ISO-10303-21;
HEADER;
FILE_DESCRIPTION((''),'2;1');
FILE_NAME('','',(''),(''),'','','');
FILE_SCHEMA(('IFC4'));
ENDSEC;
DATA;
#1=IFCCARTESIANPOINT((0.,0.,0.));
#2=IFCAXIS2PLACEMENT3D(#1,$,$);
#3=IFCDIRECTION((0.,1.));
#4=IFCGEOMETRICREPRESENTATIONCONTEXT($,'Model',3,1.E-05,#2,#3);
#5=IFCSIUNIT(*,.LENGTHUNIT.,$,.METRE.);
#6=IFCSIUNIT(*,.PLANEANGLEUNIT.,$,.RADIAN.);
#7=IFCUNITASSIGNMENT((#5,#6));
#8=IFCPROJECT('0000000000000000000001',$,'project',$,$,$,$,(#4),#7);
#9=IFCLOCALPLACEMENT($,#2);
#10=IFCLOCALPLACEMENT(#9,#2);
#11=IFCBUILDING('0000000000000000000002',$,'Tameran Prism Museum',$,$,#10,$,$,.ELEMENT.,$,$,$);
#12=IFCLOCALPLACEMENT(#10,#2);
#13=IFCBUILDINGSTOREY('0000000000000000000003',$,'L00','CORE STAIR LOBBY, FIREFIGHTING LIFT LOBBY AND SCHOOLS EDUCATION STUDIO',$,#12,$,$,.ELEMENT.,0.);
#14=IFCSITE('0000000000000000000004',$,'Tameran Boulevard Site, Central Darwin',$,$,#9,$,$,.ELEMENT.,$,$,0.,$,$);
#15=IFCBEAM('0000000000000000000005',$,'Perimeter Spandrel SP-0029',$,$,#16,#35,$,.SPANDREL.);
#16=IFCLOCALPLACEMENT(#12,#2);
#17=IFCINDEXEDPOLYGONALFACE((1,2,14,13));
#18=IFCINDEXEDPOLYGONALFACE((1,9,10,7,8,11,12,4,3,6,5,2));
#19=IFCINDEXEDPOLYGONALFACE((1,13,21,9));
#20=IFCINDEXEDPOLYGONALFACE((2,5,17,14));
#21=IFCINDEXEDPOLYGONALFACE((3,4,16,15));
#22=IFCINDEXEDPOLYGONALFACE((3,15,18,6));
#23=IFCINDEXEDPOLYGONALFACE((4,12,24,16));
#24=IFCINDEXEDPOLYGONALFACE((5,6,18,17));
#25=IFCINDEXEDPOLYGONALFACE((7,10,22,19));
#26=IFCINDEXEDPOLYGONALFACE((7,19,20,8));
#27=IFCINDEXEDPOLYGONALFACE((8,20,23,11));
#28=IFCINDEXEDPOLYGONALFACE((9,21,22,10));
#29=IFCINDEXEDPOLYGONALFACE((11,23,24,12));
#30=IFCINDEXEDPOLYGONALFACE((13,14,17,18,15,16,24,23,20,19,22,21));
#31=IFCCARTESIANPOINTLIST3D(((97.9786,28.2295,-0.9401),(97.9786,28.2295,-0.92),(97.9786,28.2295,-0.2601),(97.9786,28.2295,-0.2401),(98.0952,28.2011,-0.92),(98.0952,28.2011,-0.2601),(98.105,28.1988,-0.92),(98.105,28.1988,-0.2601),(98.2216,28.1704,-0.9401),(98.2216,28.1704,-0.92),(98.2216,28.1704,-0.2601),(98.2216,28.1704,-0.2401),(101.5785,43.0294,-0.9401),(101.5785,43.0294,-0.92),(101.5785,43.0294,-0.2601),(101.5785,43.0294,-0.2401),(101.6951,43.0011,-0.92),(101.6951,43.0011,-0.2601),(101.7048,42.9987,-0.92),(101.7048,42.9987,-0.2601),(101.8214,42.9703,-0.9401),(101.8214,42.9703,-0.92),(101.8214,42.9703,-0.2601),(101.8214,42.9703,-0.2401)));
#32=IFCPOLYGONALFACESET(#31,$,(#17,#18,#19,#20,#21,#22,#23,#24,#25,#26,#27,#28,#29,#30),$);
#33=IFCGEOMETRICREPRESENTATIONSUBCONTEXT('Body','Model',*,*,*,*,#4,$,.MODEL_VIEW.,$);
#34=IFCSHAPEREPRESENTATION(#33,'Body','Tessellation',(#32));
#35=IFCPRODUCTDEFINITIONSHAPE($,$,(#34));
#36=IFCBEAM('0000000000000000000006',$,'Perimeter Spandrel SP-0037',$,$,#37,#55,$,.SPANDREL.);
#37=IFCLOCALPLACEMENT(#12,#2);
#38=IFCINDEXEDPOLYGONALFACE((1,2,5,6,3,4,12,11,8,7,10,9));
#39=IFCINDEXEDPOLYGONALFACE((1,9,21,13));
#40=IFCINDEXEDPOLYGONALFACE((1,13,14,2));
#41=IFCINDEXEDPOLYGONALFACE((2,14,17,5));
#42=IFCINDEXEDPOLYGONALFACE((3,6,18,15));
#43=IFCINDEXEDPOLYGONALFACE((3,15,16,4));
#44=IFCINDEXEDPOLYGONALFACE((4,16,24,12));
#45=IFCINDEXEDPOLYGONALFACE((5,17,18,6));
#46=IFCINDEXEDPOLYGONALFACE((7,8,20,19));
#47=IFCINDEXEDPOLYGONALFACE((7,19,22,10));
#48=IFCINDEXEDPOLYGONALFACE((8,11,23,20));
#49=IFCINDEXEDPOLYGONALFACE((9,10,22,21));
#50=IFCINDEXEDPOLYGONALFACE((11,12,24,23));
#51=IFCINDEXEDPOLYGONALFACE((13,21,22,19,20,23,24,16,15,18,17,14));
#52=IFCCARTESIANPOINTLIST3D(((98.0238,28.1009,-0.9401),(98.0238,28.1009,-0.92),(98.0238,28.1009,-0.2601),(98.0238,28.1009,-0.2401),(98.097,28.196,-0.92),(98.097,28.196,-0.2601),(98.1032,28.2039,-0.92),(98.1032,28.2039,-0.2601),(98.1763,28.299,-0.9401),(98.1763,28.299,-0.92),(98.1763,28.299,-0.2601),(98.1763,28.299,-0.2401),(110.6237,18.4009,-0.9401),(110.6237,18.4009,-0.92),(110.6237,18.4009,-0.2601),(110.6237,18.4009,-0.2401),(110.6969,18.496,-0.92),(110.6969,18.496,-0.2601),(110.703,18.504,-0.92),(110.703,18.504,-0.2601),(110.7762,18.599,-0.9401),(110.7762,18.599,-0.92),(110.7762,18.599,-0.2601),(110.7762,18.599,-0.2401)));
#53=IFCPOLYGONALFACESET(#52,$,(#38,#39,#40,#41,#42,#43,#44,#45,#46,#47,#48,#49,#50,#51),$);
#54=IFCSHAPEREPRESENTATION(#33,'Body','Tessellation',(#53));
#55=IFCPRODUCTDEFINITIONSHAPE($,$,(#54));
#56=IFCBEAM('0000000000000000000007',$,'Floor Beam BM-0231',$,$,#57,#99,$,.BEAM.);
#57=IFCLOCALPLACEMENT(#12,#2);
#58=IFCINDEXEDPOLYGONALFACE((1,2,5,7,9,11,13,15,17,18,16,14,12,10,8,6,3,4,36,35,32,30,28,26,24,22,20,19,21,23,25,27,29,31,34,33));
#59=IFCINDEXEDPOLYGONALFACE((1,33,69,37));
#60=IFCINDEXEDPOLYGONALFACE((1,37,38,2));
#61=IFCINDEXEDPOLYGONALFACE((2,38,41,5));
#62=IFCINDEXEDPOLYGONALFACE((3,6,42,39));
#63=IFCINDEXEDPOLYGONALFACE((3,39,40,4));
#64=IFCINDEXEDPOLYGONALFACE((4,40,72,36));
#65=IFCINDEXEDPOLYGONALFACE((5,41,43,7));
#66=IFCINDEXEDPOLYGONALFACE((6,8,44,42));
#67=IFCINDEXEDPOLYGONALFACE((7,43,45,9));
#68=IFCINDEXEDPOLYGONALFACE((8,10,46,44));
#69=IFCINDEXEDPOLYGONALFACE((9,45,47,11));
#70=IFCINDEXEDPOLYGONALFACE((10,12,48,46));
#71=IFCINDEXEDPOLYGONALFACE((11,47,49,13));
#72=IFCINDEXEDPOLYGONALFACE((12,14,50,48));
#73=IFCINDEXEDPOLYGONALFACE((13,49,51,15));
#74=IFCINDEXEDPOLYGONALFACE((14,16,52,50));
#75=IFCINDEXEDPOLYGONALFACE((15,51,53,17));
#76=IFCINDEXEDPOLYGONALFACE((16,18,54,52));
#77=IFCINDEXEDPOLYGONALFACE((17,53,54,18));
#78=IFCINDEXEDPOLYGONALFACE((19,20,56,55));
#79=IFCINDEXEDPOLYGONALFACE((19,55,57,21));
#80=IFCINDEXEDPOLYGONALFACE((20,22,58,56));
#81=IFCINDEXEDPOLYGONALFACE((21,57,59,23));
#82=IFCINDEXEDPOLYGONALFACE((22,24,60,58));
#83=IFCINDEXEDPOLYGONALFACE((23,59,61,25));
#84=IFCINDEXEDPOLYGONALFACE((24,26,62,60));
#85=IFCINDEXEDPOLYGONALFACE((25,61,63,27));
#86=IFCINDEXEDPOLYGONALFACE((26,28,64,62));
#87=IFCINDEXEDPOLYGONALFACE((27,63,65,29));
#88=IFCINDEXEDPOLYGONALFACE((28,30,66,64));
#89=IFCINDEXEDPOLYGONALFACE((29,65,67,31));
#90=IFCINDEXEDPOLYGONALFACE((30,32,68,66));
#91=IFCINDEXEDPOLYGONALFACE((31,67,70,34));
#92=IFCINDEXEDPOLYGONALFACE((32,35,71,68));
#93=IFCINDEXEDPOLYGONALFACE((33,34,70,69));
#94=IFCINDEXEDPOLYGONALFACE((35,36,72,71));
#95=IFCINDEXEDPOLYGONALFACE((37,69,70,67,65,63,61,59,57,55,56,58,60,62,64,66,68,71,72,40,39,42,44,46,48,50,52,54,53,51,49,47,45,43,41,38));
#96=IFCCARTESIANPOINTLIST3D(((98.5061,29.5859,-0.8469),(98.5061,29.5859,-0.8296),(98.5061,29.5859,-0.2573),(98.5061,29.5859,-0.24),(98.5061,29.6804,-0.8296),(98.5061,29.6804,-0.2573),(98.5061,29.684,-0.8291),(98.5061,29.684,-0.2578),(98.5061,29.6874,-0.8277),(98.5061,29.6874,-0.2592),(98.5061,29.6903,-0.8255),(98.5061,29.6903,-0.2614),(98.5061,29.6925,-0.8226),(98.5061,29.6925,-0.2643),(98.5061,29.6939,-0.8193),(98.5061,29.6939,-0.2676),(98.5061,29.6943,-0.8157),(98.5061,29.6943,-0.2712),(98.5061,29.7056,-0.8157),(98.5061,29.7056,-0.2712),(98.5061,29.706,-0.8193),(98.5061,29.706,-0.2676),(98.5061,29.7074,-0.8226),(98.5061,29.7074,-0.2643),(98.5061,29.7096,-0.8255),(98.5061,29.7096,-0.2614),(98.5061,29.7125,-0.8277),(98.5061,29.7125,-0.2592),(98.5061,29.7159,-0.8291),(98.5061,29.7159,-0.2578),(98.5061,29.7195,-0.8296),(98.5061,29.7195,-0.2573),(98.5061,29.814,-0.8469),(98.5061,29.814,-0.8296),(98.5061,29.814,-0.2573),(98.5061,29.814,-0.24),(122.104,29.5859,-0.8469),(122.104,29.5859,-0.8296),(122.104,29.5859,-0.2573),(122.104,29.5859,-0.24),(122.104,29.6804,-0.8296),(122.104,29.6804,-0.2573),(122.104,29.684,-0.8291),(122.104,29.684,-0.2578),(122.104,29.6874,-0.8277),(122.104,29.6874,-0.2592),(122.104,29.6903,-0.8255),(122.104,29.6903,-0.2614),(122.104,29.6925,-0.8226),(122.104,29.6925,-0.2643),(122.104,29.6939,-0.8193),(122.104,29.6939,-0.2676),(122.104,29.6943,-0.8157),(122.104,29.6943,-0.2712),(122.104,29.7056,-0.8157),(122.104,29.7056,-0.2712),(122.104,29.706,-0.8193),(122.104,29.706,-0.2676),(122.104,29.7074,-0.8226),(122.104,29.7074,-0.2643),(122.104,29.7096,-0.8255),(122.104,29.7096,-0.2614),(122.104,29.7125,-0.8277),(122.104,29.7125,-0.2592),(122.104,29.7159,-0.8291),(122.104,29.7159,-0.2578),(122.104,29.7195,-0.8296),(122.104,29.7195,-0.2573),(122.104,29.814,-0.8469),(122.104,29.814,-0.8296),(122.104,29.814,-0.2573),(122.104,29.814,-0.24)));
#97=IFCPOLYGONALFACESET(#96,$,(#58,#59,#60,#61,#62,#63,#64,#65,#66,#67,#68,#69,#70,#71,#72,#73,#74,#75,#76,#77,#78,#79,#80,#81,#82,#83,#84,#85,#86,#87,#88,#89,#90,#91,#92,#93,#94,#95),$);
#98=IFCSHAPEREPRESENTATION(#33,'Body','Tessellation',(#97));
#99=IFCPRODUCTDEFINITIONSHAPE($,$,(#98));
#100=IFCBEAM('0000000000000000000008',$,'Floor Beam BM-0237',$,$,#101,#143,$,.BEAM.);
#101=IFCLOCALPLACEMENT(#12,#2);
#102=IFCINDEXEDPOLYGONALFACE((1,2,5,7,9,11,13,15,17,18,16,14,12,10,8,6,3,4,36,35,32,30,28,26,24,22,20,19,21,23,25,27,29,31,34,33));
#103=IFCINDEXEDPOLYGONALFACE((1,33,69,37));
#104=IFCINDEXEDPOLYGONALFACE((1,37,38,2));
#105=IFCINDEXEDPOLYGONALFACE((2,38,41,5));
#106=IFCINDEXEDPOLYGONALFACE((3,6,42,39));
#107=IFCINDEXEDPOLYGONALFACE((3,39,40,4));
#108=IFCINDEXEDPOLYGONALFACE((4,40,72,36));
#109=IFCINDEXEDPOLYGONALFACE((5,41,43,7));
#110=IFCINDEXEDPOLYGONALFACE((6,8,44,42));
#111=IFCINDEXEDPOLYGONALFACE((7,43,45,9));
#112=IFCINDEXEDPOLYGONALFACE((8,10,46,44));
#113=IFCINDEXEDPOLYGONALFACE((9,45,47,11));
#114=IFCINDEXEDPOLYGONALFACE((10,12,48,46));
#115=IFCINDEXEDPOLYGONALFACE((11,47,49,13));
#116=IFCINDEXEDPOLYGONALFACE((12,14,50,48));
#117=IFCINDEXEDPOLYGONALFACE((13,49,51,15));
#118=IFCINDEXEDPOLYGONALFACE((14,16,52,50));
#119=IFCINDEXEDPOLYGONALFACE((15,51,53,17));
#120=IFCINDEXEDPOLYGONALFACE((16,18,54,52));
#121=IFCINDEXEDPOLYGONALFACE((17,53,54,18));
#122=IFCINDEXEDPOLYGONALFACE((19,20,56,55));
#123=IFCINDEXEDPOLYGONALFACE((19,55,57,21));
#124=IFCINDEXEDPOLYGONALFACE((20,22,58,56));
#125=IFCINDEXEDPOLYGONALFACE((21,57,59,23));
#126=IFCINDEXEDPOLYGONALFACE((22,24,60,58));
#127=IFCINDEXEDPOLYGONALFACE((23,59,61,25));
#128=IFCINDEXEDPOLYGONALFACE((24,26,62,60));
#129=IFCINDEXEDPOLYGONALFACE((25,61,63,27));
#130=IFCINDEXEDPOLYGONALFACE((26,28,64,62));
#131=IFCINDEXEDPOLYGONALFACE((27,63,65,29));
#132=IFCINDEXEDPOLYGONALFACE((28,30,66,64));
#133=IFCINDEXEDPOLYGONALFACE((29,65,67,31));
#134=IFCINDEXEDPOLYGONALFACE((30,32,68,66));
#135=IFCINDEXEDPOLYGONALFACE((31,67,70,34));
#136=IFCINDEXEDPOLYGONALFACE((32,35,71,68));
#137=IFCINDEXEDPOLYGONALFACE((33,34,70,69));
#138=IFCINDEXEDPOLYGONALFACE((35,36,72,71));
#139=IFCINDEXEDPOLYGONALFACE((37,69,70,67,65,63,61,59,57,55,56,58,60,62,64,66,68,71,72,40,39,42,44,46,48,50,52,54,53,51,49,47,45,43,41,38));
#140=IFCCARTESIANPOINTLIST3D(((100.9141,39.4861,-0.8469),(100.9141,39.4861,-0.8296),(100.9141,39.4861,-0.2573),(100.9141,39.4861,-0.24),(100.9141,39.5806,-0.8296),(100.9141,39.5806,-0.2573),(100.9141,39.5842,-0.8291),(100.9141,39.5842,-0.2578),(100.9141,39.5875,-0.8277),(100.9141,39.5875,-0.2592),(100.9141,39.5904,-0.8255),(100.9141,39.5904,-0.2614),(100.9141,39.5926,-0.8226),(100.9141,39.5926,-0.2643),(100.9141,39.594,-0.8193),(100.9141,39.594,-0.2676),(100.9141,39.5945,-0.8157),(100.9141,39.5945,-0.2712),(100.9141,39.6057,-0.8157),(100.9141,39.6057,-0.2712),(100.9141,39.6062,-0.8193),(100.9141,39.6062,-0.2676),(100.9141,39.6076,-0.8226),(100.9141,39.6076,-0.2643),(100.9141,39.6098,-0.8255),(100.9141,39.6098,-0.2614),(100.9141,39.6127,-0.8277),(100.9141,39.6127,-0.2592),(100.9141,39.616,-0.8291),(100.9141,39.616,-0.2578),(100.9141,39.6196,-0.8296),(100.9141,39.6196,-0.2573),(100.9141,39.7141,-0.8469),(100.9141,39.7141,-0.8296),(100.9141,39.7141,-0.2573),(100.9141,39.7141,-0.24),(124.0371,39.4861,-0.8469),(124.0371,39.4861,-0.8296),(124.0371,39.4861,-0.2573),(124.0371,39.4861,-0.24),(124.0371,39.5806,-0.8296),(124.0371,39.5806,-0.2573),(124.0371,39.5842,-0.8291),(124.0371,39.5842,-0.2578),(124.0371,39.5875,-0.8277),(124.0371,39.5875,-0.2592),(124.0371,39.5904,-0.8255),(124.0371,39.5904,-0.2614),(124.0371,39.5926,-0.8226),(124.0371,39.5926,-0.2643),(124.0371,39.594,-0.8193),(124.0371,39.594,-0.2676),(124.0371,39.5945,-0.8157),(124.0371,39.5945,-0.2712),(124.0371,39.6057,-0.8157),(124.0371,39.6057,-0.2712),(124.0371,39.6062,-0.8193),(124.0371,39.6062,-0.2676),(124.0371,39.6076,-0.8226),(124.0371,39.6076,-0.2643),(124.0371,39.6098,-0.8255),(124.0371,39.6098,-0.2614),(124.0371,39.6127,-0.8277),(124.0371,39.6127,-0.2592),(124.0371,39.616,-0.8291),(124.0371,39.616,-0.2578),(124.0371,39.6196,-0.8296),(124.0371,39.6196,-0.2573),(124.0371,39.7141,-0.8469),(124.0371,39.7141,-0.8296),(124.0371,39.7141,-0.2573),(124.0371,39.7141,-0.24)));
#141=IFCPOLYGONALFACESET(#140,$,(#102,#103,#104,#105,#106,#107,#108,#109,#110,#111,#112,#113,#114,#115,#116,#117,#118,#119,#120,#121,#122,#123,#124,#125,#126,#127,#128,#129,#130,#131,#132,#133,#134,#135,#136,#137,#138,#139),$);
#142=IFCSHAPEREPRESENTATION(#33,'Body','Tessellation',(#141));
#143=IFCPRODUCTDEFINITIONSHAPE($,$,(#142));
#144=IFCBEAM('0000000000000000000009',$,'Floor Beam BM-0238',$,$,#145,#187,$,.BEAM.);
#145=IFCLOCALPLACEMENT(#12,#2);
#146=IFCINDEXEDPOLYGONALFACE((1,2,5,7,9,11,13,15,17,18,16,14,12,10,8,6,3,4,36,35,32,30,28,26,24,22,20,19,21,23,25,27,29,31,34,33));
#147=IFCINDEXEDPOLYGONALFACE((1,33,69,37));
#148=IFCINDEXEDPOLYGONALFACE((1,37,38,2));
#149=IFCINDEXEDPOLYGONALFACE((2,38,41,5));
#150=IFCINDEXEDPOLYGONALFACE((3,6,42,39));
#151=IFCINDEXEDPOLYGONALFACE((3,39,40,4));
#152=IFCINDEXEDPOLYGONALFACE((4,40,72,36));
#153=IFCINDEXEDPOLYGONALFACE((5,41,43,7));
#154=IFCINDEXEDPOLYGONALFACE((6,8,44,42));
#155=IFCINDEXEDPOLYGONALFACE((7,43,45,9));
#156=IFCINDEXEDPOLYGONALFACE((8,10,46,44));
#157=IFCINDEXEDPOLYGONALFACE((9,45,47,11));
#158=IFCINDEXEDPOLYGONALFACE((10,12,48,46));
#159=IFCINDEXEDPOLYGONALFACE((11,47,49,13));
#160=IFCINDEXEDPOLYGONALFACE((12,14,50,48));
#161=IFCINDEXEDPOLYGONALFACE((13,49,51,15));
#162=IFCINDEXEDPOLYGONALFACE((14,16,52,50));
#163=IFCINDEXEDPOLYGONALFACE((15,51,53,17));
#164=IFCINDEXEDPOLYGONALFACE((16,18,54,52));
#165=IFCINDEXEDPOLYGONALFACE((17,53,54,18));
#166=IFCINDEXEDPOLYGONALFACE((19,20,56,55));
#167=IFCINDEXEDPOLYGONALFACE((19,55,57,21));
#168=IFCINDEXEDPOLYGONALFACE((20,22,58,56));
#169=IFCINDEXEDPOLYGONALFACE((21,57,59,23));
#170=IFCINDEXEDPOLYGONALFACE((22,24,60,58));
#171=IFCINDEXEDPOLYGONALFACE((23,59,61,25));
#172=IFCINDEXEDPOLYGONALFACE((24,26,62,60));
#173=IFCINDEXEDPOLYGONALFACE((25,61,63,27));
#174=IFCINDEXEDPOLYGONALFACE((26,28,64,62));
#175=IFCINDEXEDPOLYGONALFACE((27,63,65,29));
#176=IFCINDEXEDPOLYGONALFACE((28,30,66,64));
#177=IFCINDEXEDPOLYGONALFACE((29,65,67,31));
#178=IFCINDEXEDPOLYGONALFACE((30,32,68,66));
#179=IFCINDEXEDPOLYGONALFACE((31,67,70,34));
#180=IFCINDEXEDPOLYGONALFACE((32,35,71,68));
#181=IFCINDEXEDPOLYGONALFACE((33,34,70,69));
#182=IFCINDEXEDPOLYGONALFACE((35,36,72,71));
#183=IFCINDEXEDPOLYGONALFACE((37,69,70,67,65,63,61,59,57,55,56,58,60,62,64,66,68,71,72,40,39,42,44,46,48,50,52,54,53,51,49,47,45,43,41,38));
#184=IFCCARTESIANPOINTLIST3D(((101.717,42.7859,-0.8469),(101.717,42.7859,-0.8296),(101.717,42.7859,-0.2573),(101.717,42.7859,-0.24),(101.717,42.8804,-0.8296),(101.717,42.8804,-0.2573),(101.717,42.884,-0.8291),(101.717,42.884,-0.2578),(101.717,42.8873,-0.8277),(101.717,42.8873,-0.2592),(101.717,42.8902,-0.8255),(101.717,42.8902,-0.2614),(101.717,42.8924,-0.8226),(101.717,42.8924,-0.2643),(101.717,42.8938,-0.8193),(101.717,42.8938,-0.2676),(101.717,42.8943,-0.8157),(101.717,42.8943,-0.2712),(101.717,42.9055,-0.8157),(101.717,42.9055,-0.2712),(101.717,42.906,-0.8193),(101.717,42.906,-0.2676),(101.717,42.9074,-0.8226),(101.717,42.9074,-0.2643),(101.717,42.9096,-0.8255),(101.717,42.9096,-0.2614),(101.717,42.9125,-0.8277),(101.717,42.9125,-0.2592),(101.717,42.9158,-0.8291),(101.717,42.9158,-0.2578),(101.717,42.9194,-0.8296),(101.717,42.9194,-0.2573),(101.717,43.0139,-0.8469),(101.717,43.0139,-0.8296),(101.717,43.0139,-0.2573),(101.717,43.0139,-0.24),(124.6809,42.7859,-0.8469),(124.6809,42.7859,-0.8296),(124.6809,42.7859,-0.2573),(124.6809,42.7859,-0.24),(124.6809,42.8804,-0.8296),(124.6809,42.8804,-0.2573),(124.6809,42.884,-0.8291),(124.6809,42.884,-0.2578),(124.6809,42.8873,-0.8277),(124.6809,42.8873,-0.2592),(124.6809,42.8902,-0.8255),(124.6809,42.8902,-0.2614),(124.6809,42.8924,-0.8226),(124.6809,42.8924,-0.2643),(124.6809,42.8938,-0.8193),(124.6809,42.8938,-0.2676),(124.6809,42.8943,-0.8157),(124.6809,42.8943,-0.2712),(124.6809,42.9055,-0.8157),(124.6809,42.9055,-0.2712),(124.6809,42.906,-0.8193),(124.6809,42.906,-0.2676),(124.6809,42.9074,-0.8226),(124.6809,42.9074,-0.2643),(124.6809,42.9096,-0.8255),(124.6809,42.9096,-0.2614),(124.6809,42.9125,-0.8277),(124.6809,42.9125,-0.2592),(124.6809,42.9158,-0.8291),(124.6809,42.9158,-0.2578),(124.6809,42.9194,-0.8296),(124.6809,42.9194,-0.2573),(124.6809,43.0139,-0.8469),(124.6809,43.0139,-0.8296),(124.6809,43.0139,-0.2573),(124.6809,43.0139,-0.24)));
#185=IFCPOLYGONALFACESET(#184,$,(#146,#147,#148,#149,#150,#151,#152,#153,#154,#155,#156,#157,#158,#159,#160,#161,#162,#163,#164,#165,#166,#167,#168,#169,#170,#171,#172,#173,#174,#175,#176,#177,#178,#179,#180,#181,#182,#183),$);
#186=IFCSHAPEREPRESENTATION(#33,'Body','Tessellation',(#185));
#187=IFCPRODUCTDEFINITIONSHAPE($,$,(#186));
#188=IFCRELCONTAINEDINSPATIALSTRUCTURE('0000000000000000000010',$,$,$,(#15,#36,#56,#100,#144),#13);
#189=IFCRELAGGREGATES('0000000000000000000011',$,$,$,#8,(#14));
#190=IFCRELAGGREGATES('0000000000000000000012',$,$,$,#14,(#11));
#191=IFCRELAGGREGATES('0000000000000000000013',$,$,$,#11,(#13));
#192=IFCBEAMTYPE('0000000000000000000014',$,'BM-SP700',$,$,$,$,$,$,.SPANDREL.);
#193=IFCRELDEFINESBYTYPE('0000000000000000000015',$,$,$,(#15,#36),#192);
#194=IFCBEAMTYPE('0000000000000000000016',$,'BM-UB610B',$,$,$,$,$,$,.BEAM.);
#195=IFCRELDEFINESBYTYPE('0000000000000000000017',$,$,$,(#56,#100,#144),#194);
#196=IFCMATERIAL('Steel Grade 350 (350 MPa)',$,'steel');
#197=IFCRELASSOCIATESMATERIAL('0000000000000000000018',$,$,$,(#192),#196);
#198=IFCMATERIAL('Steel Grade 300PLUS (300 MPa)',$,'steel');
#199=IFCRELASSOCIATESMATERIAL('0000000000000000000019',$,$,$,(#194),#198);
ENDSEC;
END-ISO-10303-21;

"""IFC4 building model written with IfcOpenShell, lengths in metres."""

from ifc_helpers import new_model, si_unit, direction, frame, origin, origin_2d, place, context, subcontext, project, spatial, i_section, extrude, material, material_profile, profile_set, type_object, element, save


model = new_model("IFC4")

# Units and contexts
model_context = context("Model", 3, precision=1e-05, world=origin(), true_north=direction((0.0, 1.0)))
body_context = subcontext(model_context, "Body", "Model", "MODEL_VIEW")
ifc_project = project(units=[si_unit("LENGTHUNIT", "METRE"), si_unit("PLANEANGLEUNIT", "RADIAN")], contexts=[model_context])

# Site, building, storey
site_placement = place(None, origin())
site = spatial("IfcSite", under=ifc_project, at=site_placement, Name="Tameran Boulevard Site, Central Darwin", CompositionType="ELEMENT", RefElevation=0.0)
building_placement = place(site_placement, origin())
building = spatial("IfcBuilding", under=site, at=building_placement, Name="Tameran Prism Museum", CompositionType="ELEMENT")
storey_placement = place(building_placement, origin())
storey = spatial("IfcBuildingStorey", under=building, at=storey_placement, Name="L00", Description="CORE STAIR LOBBY, FIREFIGHTING LIFT LOBBY AND SCHOOLS EDUCATION STUDIO", CompositionType="ELEMENT", Elevation=0.0)

# Beams
ifc_material_1 = material(Name="Steel Grade 350 (350 MPa)", Category="steel")
ifc_material_profile_1 = material_profile(ifc_material_1, i_section(OverallWidth=0.25, OverallDepth=0.7, WebThickness=0.01, FlangeThickness=0.02, at=origin_2d()))
ifc_profile_set_1 = profile_set([ifc_material_profile_1])
beam_type_1 = type_object("IfcBeamType", Name="BM-SP700", PredefinedType="SPANDREL", material=ifc_profile_set_1)
beam_1_placement = place(storey_placement, frame((98.1001, 28.2, -0.5901), z_axis=(0.236342, 0.97167, 0.0), x_axis=(-0.97167, 0.236342, 0.0)))
element("IfcBeam", 1, at=beam_1_placement, inside=storey, type_object=beam_type_1, Name="Perimeter Spandrel SP-0029", PredefinedType="SPANDREL", context=body_context, shape_type="SweptSolid", body=[
    extrude(i_section(OverallWidth=0.25, OverallDepth=0.7, WebThickness=0.01, FlangeThickness=0.02, at=origin_2d()), origin(), (0.0, 0.0, 1.0), 15.2314),
])
beam_2_placement = place(storey_placement, frame((98.1001, 28.2, -0.5901), z_axis=(0.792388, -0.610017, 0.0), x_axis=(0.610017, 0.792388, 0.0)))
element("IfcBeam", 2, at=beam_2_placement, inside=storey, type_object=beam_type_1, Name="Perimeter Spandrel SP-0037", PredefinedType="SPANDREL", context=body_context, shape_type="SweptSolid", body=[
    extrude(i_section(OverallWidth=0.25, OverallDepth=0.7, WebThickness=0.01, FlangeThickness=0.02, at=origin_2d()), origin(), (0.0, 0.0, 1.0), 15.9011),
])
ifc_material_2 = material(Name="Steel Grade 300PLUS (300 MPa)", Category="steel")
ifc_material_profile_2 = material_profile(ifc_material_2, i_section(OverallWidth=0.228, OverallDepth=0.6069, WebThickness=0.0112, FlangeThickness=0.0173, FilletRadius=0.0139, at=origin_2d()))
ifc_profile_set_2 = profile_set([ifc_material_profile_2])
beam_type_2 = type_object("IfcBeamType", Name="BM-UB610B", PredefinedType="BEAM", material=ifc_profile_set_2)
beam_3_placement = place(storey_placement, frame((98.5061, 29.7, -0.5435), z_axis=(1.0, 0.0, 0.0), x_axis=(0.0, 1.0, 0.0)))
element("IfcBeam", 3, at=beam_3_placement, inside=storey, type_object=beam_type_2, Name="Floor Beam BM-0231", PredefinedType="BEAM", context=body_context, shape_type="SweptSolid", body=[
    extrude(i_section(OverallWidth=0.228, OverallDepth=0.6069, WebThickness=0.0112, FlangeThickness=0.0173, FilletRadius=0.0139, at=origin_2d()), origin(), (0.0, 0.0, 1.0), 23.5979),
])
beam_4_placement = place(storey_placement, frame((100.9141, 39.6001, -0.5435), z_axis=(1.0, 0.0, 0.0), x_axis=(0.0, 1.0, 0.0)))
element("IfcBeam", 4, at=beam_4_placement, inside=storey, type_object=beam_type_2, Name="Floor Beam BM-0237", PredefinedType="BEAM", context=body_context, shape_type="SweptSolid", body=[
    extrude(i_section(OverallWidth=0.228, OverallDepth=0.6069, WebThickness=0.0112, FlangeThickness=0.0173, FilletRadius=0.0139, at=origin_2d()), origin(), (0.0, 0.0, 1.0), 23.123),
])
beam_5_placement = place(storey_placement, frame((101.717, 42.8999, -0.5435), z_axis=(1.0, 0.0, 0.0), x_axis=(0.0, 1.0, 0.0)))
element("IfcBeam", 5, at=beam_5_placement, inside=storey, type_object=beam_type_2, Name="Floor Beam BM-0238", PredefinedType="BEAM", context=body_context, shape_type="SweptSolid", body=[
    extrude(i_section(OverallWidth=0.228, OverallDepth=0.6069, WebThickness=0.0112, FlangeThickness=0.0173, FilletRadius=0.0139, at=origin_2d()), origin(), (0.0, 0.0, 1.0), 22.9639),
])

save(model, "model.ifc")
